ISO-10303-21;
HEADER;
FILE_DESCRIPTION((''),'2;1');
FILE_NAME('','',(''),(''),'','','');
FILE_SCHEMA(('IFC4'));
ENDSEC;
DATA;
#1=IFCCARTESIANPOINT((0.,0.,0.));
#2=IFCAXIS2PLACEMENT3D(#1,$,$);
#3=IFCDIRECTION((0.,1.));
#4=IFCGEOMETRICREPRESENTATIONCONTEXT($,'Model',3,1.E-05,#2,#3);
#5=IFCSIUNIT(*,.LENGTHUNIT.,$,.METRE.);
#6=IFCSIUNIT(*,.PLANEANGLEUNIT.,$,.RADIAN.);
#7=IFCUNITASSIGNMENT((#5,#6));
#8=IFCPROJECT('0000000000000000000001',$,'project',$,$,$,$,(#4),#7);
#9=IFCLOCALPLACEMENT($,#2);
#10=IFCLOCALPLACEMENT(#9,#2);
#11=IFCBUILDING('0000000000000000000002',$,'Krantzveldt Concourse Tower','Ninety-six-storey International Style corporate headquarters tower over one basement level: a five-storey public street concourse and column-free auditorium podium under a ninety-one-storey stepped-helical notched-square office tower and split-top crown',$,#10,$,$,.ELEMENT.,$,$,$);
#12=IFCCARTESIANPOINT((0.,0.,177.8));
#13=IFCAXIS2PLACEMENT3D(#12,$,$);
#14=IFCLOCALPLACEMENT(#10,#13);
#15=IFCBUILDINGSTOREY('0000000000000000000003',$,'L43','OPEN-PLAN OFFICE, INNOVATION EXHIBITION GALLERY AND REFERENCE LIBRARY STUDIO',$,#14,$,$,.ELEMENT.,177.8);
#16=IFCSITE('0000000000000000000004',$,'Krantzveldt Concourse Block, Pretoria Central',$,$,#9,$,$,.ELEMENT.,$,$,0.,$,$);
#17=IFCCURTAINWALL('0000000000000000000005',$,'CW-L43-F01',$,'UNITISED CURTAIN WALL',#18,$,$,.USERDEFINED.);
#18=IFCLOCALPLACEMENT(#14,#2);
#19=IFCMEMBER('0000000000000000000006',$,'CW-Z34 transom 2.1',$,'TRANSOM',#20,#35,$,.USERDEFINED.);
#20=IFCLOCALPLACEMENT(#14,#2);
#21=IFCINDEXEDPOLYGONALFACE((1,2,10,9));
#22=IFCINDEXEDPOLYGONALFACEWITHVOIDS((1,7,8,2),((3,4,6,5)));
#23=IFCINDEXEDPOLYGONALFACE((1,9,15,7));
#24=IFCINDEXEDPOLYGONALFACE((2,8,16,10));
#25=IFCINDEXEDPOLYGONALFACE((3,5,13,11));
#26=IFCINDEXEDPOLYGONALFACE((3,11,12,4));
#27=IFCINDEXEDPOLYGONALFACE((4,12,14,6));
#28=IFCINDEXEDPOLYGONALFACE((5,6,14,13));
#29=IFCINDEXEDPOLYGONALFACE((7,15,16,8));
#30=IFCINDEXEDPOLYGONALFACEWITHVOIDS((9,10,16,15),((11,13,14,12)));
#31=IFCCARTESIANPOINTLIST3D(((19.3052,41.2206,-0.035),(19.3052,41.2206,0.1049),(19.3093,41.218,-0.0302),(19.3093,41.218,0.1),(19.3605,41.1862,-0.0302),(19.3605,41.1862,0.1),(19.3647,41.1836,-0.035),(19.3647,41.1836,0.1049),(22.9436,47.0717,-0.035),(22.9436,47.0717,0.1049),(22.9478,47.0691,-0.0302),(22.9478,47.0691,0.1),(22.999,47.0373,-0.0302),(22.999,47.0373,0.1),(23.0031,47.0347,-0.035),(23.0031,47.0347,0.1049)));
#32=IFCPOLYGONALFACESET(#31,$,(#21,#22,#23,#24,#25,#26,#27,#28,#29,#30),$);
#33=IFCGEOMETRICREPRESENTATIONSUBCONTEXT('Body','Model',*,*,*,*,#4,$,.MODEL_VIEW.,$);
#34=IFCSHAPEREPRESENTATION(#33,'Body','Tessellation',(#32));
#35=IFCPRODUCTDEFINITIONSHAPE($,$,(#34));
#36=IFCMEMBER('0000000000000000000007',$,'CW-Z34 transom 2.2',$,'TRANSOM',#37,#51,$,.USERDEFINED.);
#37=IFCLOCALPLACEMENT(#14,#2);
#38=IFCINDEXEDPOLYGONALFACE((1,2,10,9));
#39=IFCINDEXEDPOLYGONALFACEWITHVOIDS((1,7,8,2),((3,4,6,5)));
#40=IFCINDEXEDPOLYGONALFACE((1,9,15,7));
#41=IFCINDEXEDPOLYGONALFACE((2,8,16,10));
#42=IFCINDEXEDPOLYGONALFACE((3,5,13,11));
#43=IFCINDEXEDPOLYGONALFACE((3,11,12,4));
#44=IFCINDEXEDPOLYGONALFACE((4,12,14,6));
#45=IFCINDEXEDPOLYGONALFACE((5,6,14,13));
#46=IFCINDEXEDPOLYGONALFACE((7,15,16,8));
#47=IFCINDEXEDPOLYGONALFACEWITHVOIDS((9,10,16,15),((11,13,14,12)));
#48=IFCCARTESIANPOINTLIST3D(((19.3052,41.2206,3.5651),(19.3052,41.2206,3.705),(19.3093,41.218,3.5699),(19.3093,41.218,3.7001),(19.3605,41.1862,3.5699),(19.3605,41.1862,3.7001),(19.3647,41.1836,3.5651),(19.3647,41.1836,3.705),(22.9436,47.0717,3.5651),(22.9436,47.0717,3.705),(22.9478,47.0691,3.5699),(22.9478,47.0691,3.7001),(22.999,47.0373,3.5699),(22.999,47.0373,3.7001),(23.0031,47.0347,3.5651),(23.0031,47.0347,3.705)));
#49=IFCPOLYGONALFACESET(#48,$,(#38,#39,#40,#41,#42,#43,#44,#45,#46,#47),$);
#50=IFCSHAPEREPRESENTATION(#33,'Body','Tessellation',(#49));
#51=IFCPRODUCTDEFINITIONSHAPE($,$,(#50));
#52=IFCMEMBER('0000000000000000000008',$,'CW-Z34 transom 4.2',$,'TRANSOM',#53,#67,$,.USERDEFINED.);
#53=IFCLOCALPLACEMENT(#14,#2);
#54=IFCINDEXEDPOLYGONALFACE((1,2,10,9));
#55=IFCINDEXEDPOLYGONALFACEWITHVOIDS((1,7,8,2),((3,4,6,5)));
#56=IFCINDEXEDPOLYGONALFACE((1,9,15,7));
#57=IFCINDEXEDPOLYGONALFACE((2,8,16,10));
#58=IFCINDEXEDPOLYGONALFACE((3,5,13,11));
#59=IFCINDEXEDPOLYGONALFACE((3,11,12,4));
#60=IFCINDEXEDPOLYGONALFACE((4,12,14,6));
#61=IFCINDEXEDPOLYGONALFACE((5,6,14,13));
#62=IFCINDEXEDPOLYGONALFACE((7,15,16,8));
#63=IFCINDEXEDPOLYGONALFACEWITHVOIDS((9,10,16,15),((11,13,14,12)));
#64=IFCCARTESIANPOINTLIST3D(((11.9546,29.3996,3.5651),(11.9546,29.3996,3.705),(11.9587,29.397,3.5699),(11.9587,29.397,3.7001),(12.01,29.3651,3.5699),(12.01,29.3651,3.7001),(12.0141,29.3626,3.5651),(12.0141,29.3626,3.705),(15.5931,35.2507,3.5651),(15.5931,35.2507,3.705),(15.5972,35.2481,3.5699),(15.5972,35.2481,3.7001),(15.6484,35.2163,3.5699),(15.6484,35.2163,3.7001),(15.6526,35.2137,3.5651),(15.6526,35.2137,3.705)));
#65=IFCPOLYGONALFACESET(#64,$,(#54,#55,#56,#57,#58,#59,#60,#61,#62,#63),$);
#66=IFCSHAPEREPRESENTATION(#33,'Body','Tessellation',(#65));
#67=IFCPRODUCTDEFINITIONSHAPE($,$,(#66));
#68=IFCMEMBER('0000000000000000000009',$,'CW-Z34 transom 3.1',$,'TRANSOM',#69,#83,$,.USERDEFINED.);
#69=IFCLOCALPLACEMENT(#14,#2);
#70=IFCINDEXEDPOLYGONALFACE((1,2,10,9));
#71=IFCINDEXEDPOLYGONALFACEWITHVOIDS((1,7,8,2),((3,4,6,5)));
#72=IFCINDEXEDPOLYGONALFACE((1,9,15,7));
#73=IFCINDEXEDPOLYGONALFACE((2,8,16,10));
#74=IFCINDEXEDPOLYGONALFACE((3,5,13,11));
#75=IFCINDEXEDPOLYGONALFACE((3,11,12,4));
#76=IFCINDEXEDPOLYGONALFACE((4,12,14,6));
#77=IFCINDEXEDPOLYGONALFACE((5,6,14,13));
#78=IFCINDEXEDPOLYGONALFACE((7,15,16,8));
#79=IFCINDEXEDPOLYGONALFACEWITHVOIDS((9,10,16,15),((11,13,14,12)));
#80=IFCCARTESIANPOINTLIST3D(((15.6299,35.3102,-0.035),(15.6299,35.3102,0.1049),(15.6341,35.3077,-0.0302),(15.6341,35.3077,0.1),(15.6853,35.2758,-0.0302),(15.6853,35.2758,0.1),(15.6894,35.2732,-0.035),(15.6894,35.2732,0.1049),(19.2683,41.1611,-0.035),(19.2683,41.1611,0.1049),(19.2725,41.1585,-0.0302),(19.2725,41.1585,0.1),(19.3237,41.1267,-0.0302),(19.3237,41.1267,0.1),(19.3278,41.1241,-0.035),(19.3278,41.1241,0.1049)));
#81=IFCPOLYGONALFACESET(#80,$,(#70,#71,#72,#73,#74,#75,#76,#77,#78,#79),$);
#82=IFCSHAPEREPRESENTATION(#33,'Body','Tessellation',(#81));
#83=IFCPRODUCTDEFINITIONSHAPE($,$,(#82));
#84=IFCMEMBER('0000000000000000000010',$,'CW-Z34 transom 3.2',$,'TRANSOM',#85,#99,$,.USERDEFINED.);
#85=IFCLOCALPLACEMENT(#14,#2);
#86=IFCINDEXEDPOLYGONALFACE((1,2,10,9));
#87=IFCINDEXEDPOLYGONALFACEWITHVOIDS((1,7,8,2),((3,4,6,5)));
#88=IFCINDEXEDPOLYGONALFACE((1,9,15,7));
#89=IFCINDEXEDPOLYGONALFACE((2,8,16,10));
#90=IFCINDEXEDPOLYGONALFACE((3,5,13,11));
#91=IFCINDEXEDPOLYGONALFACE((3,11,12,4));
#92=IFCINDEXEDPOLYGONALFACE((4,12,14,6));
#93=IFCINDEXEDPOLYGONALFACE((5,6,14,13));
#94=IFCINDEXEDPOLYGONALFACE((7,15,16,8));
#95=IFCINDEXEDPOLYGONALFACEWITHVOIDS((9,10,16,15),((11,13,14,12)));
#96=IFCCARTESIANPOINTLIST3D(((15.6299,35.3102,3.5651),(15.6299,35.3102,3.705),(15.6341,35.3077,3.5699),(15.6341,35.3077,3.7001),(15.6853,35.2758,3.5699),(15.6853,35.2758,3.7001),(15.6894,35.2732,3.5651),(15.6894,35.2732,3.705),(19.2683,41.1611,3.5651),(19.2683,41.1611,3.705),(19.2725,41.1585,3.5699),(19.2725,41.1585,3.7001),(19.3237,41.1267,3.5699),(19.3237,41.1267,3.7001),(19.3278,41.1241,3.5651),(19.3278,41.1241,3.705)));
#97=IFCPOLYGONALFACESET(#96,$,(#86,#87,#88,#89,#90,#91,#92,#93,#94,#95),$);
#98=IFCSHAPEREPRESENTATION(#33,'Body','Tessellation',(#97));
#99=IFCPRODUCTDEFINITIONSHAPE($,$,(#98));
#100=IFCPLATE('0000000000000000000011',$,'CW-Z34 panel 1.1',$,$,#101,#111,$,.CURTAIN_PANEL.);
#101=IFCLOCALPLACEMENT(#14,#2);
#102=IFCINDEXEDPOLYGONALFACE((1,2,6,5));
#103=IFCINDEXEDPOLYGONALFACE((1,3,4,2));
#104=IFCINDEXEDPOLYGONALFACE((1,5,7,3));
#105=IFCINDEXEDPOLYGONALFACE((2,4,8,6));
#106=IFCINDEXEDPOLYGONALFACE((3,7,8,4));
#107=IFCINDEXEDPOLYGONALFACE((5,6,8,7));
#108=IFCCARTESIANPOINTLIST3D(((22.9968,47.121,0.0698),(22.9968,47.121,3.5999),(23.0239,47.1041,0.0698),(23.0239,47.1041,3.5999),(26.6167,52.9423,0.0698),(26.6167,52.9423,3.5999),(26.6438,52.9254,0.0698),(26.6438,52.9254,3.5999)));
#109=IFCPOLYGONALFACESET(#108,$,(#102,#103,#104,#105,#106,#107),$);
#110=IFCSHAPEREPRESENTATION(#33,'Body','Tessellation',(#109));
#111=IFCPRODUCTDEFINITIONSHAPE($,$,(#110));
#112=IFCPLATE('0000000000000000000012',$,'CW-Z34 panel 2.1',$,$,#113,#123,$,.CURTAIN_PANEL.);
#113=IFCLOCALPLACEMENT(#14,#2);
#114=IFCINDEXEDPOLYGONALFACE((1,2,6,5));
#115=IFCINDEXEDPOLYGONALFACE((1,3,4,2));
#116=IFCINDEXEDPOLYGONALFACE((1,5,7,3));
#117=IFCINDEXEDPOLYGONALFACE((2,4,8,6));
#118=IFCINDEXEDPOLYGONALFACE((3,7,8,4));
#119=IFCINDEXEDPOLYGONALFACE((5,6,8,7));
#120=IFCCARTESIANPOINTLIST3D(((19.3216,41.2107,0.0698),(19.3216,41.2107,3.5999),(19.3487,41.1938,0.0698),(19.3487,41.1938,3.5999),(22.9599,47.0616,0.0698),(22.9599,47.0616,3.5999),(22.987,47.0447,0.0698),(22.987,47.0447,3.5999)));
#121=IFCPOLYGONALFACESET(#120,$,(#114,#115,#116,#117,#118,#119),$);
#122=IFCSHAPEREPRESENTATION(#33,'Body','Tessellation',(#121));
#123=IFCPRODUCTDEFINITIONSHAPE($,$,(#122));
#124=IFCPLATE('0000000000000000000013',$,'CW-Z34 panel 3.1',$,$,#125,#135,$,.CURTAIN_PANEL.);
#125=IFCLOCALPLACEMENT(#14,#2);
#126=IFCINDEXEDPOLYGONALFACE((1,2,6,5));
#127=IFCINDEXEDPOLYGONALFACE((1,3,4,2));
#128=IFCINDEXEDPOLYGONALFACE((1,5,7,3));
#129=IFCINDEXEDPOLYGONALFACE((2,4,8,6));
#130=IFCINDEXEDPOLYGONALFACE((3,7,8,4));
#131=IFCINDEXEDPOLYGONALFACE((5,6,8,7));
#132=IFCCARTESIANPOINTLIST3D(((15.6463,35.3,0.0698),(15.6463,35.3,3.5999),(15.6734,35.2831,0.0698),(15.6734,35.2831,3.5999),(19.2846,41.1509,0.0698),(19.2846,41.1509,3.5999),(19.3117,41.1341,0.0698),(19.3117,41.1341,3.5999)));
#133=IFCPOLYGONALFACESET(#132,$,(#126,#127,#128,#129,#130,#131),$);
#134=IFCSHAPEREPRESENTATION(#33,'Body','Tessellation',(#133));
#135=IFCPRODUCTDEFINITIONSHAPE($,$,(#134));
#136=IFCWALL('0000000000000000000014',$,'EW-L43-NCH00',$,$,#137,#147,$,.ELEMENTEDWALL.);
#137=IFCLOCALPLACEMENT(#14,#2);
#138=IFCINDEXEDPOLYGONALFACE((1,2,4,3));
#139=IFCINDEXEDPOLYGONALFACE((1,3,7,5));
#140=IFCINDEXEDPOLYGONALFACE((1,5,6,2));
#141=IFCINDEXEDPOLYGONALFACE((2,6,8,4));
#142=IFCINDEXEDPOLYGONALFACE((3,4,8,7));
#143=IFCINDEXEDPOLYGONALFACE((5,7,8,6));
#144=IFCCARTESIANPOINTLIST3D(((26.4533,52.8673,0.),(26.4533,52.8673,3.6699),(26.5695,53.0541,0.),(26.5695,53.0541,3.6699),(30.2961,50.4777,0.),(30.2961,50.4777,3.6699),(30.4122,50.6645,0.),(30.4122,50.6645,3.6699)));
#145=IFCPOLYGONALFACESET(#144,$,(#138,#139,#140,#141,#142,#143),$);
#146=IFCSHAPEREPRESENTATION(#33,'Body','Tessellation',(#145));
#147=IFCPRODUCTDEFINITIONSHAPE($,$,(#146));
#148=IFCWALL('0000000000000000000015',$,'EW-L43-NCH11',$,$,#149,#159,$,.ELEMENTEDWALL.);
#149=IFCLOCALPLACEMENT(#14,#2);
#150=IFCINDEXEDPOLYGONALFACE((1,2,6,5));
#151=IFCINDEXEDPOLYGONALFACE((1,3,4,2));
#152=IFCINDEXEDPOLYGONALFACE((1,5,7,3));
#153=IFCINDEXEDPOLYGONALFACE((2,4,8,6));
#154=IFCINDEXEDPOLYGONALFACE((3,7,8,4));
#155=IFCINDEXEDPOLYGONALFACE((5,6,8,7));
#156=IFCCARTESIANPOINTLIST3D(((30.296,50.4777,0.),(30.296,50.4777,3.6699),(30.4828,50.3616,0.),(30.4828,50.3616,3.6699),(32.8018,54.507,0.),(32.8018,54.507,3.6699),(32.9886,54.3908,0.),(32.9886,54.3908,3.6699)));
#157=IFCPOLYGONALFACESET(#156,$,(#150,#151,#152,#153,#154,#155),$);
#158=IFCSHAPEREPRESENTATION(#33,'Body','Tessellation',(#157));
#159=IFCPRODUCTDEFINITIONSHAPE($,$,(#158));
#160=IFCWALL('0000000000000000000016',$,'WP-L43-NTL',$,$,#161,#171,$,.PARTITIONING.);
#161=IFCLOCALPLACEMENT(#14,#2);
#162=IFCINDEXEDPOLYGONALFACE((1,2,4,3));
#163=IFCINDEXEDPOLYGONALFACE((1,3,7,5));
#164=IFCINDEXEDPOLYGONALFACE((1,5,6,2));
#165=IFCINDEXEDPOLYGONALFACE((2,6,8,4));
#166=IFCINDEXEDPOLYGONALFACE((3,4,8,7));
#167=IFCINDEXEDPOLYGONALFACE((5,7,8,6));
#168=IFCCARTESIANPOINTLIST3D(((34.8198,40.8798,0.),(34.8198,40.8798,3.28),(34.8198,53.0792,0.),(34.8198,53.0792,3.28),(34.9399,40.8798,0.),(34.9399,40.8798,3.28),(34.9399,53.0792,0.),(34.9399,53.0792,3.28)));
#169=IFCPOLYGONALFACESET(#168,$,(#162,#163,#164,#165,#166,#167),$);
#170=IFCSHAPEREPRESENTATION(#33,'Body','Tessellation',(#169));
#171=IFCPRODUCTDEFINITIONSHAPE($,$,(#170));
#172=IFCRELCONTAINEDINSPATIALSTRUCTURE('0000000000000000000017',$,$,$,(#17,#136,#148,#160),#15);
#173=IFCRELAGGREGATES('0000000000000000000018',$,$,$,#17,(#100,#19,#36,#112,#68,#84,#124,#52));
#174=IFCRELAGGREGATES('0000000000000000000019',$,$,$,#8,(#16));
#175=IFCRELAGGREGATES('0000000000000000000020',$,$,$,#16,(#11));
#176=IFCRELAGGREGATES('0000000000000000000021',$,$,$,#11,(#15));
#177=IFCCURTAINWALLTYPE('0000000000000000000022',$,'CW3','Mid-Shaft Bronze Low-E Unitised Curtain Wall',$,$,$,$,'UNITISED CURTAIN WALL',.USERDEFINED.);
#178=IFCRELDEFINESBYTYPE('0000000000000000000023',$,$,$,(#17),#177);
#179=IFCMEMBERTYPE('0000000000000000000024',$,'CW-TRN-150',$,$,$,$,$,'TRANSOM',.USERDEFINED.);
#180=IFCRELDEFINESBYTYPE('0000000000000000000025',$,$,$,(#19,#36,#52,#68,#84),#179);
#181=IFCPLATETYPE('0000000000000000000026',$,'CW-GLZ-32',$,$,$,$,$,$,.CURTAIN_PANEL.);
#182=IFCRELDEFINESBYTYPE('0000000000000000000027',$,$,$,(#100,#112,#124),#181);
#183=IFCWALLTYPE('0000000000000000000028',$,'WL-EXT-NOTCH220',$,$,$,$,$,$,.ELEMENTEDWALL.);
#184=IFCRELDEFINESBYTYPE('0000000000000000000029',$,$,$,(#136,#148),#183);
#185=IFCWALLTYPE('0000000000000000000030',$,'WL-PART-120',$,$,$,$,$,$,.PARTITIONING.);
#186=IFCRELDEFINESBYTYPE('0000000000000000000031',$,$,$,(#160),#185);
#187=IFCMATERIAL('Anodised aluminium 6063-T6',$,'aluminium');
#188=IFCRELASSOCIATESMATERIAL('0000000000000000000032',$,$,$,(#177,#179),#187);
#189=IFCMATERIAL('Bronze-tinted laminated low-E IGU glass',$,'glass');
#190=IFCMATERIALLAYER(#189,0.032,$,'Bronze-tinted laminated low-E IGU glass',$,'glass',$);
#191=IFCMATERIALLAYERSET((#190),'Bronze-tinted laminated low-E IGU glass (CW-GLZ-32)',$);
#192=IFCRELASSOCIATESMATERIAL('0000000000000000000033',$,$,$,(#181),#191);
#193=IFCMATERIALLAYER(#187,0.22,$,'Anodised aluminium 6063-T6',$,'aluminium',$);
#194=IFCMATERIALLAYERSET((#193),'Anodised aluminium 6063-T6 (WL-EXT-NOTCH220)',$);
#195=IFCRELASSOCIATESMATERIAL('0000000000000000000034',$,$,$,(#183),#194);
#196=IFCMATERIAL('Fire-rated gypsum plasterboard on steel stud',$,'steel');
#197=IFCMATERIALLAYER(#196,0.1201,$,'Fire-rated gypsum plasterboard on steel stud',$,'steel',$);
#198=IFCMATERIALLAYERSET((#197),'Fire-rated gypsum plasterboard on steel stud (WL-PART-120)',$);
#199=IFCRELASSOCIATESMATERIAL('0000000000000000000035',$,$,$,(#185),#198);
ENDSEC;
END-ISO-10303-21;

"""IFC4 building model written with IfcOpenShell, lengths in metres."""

from ifc_helpers import new_model, si_unit, direction, frame, frame_2d, origin, origin_2d, place, context, subcontext, project, spatial, rectangle, hollow_rectangle, extrude, source, transform, mapped, material, layer, layer_set, material_profile, profile_set, type_object, type_shapes, element, aggregate, save


model = new_model("IFC4")

# Units and contexts
model_context = context("Model", 3, precision=1e-05, world=origin(), true_north=direction((0.0, 1.0)))
body_context = subcontext(model_context, "Body", "Model", "MODEL_VIEW")
ifc_project = project(units=[si_unit("LENGTHUNIT", "METRE"), si_unit("PLANEANGLEUNIT", "RADIAN")], contexts=[model_context])

# Site, building, storey
site_placement = place(None, origin())
site = spatial("IfcSite", under=ifc_project, at=site_placement, Name="Krantzveldt Concourse Block, Pretoria Central", CompositionType="ELEMENT", RefElevation=0.0)
building_placement = place(site_placement, origin())
building = spatial("IfcBuilding", under=site, at=building_placement, Name="Krantzveldt Concourse Tower", Description="Ninety-six-storey International Style corporate headquarters tower over one basement level: a five-storey public street concourse and column-free auditorium podium under a ninety-one-storey stepped-helical notched-square office tower and split-top crown", CompositionType="ELEMENT")
storey_placement = place(building_placement, frame((0.0, 0.0, 177.8)))
storey = spatial("IfcBuildingStorey", under=building, at=storey_placement, Name="L43", Description="OPEN-PLAN OFFICE, INNOVATION EXHIBITION GALLERY AND REFERENCE LIBRARY STUDIO", CompositionType="ELEMENT", Elevation=177.8)

# Curtain wall
ifc_material_1 = material(Name="Anodised aluminium 6063-T6", Category="aluminium")
curtain_wall_type = type_object("IfcCurtainWallType", Name="CW3", Description="Mid-Shaft Bronze Low-E Unitised Curtain Wall", ElementType="UNITISED CURTAIN WALL", PredefinedType="USERDEFINED", material=ifc_material_1)
curtain_wall_1_placement = place(storey_placement, origin())
curtain_wall_1 = element("IfcCurtainWall", 1, at=curtain_wall_1_placement, inside=storey, type_object=curtain_wall_type, Name="CW-L43-F01", ObjectType="UNITISED CURTAIN WALL", PredefinedType="USERDEFINED")

# Members
ifc_material_profile_1 = material_profile(ifc_material_1, hollow_rectangle(XDim=0.0701, YDim=0.1399, WallThickness=0.0049, at=origin_2d()), Name="Anodised aluminium 6063-T6", Category="aluminium")
ifc_profile_set_1 = profile_set([ifc_material_profile_1], Name="Anodised aluminium 6063-T6 - ALU-TRAN 140x70x5")
member_type_1 = type_object("IfcMemberType", Name="CW-TRN-150", ElementType="TRANSOM", PredefinedType="USERDEFINED", material=ifc_profile_set_1)
shared_shape_1 = source(origin(), body_context, "Body", "SweptSolid", [
    extrude(hollow_rectangle(XDim=0.0701, YDim=0.1399, WallThickness=0.0049, at=origin_2d()), origin(), (0.0, 0.0, 1.0), 6.8901),
])
member_1_placement = place(storey_placement, frame((22.9734, 47.0532, 0.0349), z_axis=(-0.528067, -0.849202, 0.0), x_axis=(0.849202, -0.528067, 0.0)))
member_1 = element("IfcMember", 2, at=member_1_placement, type_object=member_type_1, Name="CW-Z34 transom 2.1", ObjectType="TRANSOM", PredefinedType="USERDEFINED", context=body_context, shape_type="MappedRepresentation", body=[
    mapped(shared_shape_1, transform((0.0, 0.0, 0.0), x_axis=(1.0, 0.0, 0.0), y_axis=(0.0, 1.0, 0.0), z_axis=(0.0, 0.0, 1.0), scale=1.0)),
])
member_2_placement = place(storey_placement, frame((22.9734, 47.0532, 3.635), z_axis=(-0.528067, -0.849202, 0.0), x_axis=(0.849202, -0.528067, 0.0)))
member_2 = element("IfcMember", 3, at=member_2_placement, type_object=member_type_1, Name="CW-Z34 transom 2.2", ObjectType="TRANSOM", PredefinedType="USERDEFINED", context=body_context, shape_type="MappedRepresentation", body=[
    mapped(shared_shape_1, transform((0.0, 0.0, 0.0), x_axis=(1.0, 0.0, 0.0), y_axis=(0.0, 1.0, 0.0), z_axis=(0.0, 0.0, 1.0), scale=1.0)),
])
member_3_placement = place(storey_placement, frame((15.6228, 35.2322, 3.635), z_axis=(-0.528067, -0.849202, 0.0), x_axis=(0.849202, -0.528067, 0.0)))
member_3 = element("IfcMember", 4, at=member_3_placement, type_object=member_type_1, Name="CW-Z34 transom 4.2", ObjectType="TRANSOM", PredefinedType="USERDEFINED", context=body_context, shape_type="MappedRepresentation", body=[
    mapped(shared_shape_1, transform((0.0, 0.0, 0.0), x_axis=(1.0, 0.0, 0.0), y_axis=(0.0, 1.0, 0.0), z_axis=(0.0, 0.0, 1.0), scale=1.0)),
])
shared_shape_2 = source(origin(), body_context, "Body", "SweptSolid", [
    extrude(hollow_rectangle(XDim=0.0701, YDim=0.1399, WallThickness=0.0049, at=origin_2d()), origin(), (0.0, 0.0, 1.0), 6.8899),
])
member_4_placement = place(storey_placement, frame((19.2981, 41.1426, 0.0349), z_axis=(-0.528083, -0.849193, 0.0), x_axis=(0.849193, -0.528083, 0.0)))
member_4 = element("IfcMember", 5, at=member_4_placement, type_object=member_type_1, Name="CW-Z34 transom 3.1", ObjectType="TRANSOM", PredefinedType="USERDEFINED", context=body_context, shape_type="MappedRepresentation", body=[
    mapped(shared_shape_2, transform((0.0, 0.0, 0.0), x_axis=(1.0, 0.0, 0.0), y_axis=(0.0, 1.0, 0.0), z_axis=(0.0, 0.0, 1.0), scale=1.0)),
])
member_5_placement = place(storey_placement, frame((19.2981, 41.1426, 3.635), z_axis=(-0.528083, -0.849193, 0.0), x_axis=(0.849193, -0.528083, 0.0)))
member_5 = element("IfcMember", 6, at=member_5_placement, type_object=member_type_1, Name="CW-Z34 transom 3.2", ObjectType="TRANSOM", PredefinedType="USERDEFINED", context=body_context, shape_type="MappedRepresentation", body=[
    mapped(shared_shape_2, transform((0.0, 0.0, 0.0), x_axis=(1.0, 0.0, 0.0), y_axis=(0.0, 1.0, 0.0), z_axis=(0.0, 0.0, 1.0), scale=1.0)),
])

# Plates
ifc_material_2 = material(Name="Bronze-tinted laminated low-E IGU glass", Category="glass")
ifc_layer_1 = layer(ifc_material_2, 0.032, Name="Bronze-tinted laminated low-E IGU glass", Category="glass")
ifc_layer_set_1 = layer_set([ifc_layer_1], Name="Bronze-tinted laminated low-E IGU glass (CW-GLZ-32)")
plate_type = type_object("IfcPlateType", Name="CW-GLZ-32", PredefinedType="CURTAIN_PANEL", material=ifc_layer_set_1)
shared_shape_3 = source(origin(), body_context, "Body", "SweptSolid", [
    extrude(rectangle(XDim=6.855, YDim=0.032, at=origin_2d()), origin(), (0.0, 0.0, 1.0), 3.53),
])
plate_1_placement = place(storey_placement, frame((24.8203, 50.0232, 0.0698), z_axis=(0.0, 0.0, 1.0), x_axis=(-0.528068, -0.849202, 0.0)))
plate_1 = element("IfcPlate", 7, at=plate_1_placement, type_object=plate_type, Name="CW-Z34 panel 1.1", PredefinedType="CURTAIN_PANEL", context=body_context, shape_type="MappedRepresentation", body=[
    mapped(shared_shape_3, transform((0.0, 0.0, 0.0), x_axis=(1.0, 0.0, 0.0), y_axis=(0.0, 1.0, 0.0), z_axis=(0.0, 0.0, 1.0), scale=1.0)),
])
shared_shape_4 = source(origin(), body_context, "Body", "SweptSolid", [
    extrude(rectangle(XDim=6.8899, YDim=0.032, at=origin_2d()), origin(), (0.0, 0.0, 1.0), 3.53),
])
type_shapes(plate_type, [shared_shape_3, shared_shape_4])
plate_2_placement = place(storey_placement, frame((21.1543, 44.1277, 0.0698), z_axis=(0.0, 0.0, 1.0), x_axis=(-0.528068, -0.849202, 0.0)))
plate_2 = element("IfcPlate", 8, at=plate_2_placement, type_object=plate_type, Name="CW-Z34 panel 2.1", PredefinedType="CURTAIN_PANEL", context=body_context, shape_type="MappedRepresentation", body=[
    mapped(shared_shape_4, transform((0.0, 0.0, 0.0), x_axis=(1.0, 0.0, 0.0), y_axis=(0.0, 1.0, 0.0), z_axis=(0.0, 0.0, 1.0), scale=1.0)),
])
plate_3_placement = place(storey_placement, frame((17.479, 38.217, 0.0698), z_axis=(0.0, 0.0, 1.0), x_axis=(-0.528068, -0.849202, 0.0)))
plate_3 = element("IfcPlate", 9, at=plate_3_placement, type_object=plate_type, Name="CW-Z34 panel 3.1", PredefinedType="CURTAIN_PANEL", context=body_context, shape_type="MappedRepresentation", body=[
    mapped(shared_shape_4, transform((0.0, 0.0, 0.0), x_axis=(1.0, 0.0, 0.0), y_axis=(0.0, 1.0, 0.0), z_axis=(0.0, 0.0, 1.0), scale=1.0)),
])
aggregate(curtain_wall_1, [plate_1, member_1, member_2, plate_2, member_4, member_5, plate_3, member_3])

# Walls
ifc_layer_2 = layer(ifc_material_1, 0.22, Name="Anodised aluminium 6063-T6", Category="aluminium")
ifc_layer_set_2 = layer_set([ifc_layer_2], Name="Anodised aluminium 6063-T6 (WL-EXT-NOTCH220)")
wall_type_1 = type_object("IfcWallType", Name="WL-EXT-NOTCH220", PredefinedType="ELEMENTEDWALL", material=ifc_layer_set_2)
wall_1_placement = place(storey_placement, frame((30.3542, 50.571, 0.0), z_axis=(0.0, 0.0, 1.0), x_axis=(-0.849196, 0.528077, 0.0)))
element("IfcWall", 10, at=wall_1_placement, inside=storey, type_object=wall_type_1, Name="EW-L43-NCH00", PredefinedType="ELEMENTEDWALL", context=body_context, shape_type="SweptSolid", body=[
    extrude(rectangle(XDim=4.5251, YDim=0.22, at=frame_2d((2.2627, 0.0))), origin(), (0.0, 0.0, 1.0), 3.6699),
])
wall_2_placement = place(storey_placement, frame((32.8953, 54.449, 0.0), z_axis=(0.0, 0.0, 1.0), x_axis=(-0.528111, -0.849176, 0.0)))
element("IfcWall", 11, at=wall_2_placement, inside=storey, type_object=wall_type_1, Name="EW-L43-NCH11", PredefinedType="ELEMENTEDWALL", context=body_context, shape_type="SweptSolid", body=[
    extrude(rectangle(XDim=4.7449, YDim=0.22, at=frame_2d((2.3726, 0.0))), origin(), (0.0, 0.0, 1.0), 3.6699),
])
ifc_material_3 = material(Name="Fire-rated gypsum plasterboard on steel stud", Category="steel")
ifc_layer_3 = layer(ifc_material_3, 0.1201, Name="Fire-rated gypsum plasterboard on steel stud", Category="steel")
ifc_layer_set_3 = layer_set([ifc_layer_3], Name="Fire-rated gypsum plasterboard on steel stud (WL-PART-120)")
wall_type_2 = type_object("IfcWallType", Name="WL-PART-120", PredefinedType="PARTITIONING", material=ifc_layer_set_3)
wall_3_placement = place(storey_placement, frame((34.8799, 40.8799, 0.0), z_axis=(0.0, 0.0, 1.0), x_axis=(0.0, 1.0, 0.0)))
element("IfcWall", 12, at=wall_3_placement, inside=storey, type_object=wall_type_2, Name="WP-L43-NTL", PredefinedType="PARTITIONING", context=body_context, shape_type="SweptSolid", body=[
    extrude(rectangle(XDim=12.1995, YDim=0.1201, at=frame_2d((6.0996, 0.0))), origin(), (0.0, 0.0, 1.0), 3.28),
])

save(model, "model.ifc")
